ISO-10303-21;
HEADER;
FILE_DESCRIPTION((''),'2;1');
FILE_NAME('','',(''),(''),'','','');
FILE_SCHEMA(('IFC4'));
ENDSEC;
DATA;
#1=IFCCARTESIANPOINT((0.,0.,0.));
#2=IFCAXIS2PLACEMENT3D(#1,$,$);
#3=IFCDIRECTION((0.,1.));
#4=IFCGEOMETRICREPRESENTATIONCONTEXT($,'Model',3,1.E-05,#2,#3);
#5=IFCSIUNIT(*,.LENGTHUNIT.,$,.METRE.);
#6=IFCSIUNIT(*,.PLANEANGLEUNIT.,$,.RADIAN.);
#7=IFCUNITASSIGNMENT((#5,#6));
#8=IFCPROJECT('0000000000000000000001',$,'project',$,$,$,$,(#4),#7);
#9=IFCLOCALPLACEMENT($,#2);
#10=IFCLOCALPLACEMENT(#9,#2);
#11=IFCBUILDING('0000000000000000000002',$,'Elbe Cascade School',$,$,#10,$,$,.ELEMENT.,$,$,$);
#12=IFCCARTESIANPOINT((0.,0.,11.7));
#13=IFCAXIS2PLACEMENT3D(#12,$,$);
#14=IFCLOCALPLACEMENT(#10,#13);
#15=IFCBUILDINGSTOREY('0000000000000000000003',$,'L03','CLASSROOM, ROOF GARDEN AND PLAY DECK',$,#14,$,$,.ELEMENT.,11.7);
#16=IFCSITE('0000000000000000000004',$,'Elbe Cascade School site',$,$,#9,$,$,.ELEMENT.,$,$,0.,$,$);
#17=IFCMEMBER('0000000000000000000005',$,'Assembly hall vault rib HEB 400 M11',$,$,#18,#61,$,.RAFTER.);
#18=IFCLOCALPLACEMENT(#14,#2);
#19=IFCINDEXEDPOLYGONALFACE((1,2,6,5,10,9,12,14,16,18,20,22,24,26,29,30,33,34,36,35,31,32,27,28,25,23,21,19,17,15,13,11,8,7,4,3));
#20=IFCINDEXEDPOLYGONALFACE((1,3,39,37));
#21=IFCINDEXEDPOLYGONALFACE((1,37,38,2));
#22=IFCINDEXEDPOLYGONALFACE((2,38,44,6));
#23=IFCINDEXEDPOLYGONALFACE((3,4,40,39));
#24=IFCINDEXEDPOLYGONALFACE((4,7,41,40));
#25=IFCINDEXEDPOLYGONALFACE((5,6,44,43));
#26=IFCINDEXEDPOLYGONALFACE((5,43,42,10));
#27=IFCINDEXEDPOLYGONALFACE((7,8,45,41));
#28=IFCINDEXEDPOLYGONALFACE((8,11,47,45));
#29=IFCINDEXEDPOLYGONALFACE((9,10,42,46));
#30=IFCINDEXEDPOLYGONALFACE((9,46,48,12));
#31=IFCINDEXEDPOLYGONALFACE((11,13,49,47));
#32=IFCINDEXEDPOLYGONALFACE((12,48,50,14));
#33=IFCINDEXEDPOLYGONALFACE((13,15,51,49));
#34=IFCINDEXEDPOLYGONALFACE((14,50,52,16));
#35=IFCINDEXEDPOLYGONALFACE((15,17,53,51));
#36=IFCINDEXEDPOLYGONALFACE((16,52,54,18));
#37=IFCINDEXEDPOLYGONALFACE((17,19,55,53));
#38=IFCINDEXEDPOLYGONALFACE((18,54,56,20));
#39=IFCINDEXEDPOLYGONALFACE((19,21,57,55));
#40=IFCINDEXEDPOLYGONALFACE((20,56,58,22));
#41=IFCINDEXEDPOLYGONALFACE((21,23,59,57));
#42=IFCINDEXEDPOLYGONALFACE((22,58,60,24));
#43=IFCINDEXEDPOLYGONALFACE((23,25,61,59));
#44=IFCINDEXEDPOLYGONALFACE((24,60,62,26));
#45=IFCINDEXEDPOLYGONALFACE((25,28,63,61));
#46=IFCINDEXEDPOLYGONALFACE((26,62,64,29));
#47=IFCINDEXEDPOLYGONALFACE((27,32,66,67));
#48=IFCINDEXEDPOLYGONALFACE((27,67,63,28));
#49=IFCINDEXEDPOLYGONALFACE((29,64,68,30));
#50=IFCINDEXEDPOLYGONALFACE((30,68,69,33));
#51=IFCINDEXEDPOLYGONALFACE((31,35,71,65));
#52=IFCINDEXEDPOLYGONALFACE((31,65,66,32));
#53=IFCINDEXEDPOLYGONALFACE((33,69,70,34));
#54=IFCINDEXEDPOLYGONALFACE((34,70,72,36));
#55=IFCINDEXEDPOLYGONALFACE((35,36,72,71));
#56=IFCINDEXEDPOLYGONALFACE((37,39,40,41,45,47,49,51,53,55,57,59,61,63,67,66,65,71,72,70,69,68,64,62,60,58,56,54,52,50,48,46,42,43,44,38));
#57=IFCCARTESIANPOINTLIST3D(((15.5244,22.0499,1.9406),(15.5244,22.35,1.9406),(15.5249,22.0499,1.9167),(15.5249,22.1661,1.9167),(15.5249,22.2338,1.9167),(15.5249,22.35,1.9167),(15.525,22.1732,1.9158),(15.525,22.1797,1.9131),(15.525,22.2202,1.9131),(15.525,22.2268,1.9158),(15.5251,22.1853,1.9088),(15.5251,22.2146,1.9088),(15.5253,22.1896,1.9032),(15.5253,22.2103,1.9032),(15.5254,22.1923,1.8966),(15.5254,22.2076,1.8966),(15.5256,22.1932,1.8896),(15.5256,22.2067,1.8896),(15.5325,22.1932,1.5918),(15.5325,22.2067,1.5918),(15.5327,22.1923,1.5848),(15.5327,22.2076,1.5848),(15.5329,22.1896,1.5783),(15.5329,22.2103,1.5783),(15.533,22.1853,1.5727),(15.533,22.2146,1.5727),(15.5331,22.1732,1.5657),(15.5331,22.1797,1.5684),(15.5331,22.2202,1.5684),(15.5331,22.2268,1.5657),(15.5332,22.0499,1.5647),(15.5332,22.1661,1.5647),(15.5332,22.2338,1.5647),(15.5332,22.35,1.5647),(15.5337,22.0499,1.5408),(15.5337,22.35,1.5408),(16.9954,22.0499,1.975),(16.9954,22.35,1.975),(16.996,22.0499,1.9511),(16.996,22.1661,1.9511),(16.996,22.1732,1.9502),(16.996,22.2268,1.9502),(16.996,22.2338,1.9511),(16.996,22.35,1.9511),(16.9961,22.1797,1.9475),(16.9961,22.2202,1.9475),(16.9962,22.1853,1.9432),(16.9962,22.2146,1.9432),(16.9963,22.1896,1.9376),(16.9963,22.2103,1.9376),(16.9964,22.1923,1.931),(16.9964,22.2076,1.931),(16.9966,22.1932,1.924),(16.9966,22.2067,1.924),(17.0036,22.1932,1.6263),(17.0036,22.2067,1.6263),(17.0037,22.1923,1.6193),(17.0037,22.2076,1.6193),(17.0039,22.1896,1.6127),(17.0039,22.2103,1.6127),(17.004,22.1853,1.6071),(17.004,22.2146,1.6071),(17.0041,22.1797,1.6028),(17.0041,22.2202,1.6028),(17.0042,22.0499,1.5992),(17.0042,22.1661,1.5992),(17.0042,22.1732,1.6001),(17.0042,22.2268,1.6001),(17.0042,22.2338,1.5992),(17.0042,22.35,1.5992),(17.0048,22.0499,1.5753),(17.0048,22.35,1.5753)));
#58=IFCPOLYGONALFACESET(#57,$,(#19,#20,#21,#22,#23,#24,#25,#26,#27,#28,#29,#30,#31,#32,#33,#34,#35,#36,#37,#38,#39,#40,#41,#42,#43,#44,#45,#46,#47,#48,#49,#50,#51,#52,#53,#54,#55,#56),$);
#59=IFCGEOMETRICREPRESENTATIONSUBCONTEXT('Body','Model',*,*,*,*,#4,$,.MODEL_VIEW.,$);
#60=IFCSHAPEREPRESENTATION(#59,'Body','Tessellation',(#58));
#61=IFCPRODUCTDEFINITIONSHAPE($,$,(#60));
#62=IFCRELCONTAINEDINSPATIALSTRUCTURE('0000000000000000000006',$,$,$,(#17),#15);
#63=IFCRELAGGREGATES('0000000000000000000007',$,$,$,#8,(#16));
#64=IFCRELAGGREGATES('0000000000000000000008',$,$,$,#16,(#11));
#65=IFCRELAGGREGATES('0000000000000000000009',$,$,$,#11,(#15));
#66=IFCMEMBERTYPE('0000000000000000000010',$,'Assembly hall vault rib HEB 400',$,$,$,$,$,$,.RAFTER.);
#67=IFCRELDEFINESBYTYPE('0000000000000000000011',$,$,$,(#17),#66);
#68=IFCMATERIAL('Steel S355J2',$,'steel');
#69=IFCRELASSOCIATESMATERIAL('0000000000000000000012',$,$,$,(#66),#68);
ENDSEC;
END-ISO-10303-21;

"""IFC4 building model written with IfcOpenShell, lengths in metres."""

from ifc_helpers import new_model, si_unit, direction, frame, origin, origin_2d, place, context, subcontext, project, spatial, i_section, extrude, material, material_profile, profile_set, type_object, element, save


model = new_model("IFC4")

# Units and contexts
model_context = context("Model", 3, precision=1e-05, world=origin(), true_north=direction((0.0, 1.0)))
body_context = subcontext(model_context, "Body", "Model", "MODEL_VIEW")
ifc_project = project(units=[si_unit("LENGTHUNIT", "METRE"), si_unit("PLANEANGLEUNIT", "RADIAN")], contexts=[model_context])

# Site, building, storey
site_placement = place(None, origin())
site = spatial("IfcSite", under=ifc_project, at=site_placement, Name="Elbe Cascade School site", CompositionType="ELEMENT", RefElevation=0.0)
building_placement = place(site_placement, origin())
building = spatial("IfcBuilding", under=site, at=building_placement, Name="Elbe Cascade School", CompositionType="ELEMENT")
storey_placement = place(building_placement, frame((0.0, 0.0, 11.7)))
storey = spatial("IfcBuildingStorey", under=building, at=storey_placement, Name="L03", Description="CLASSROOM, ROOF GARDEN AND PLAY DECK", CompositionType="ELEMENT", Elevation=11.7)

# Member
ifc_material_1 = material(Name="Steel S355J2", Category="steel")
ifc_material_profile_1 = material_profile(ifc_material_1, i_section(OverallWidth=0.3, OverallDepth=0.3999, WebThickness=0.0134, FlangeThickness=0.0239, FilletRadius=0.0271, at=origin_2d()), Name="HEB 400")
ifc_profile_set_1 = profile_set([ifc_material_profile_1], Name="Steel S355J2")
member_type_1 = type_object("IfcMemberType", Name="Assembly hall vault rib HEB 400", PredefinedType="RAFTER", material=ifc_profile_set_1)
member_1_placement = place(storey_placement, frame((15.5291, 22.2, 1.7407), z_axis=(0.999726, 0.0, 0.023396), x_axis=(0.0, 1.0, 0.0)))
element("IfcMember", 1, at=member_1_placement, inside=storey, type_object=member_type_1, Name="Assembly hall vault rib HEB 400 M11", PredefinedType="RAFTER", context=body_context, shape_type="SweptSolid", body=[
    extrude(i_section(OverallWidth=0.3, OverallDepth=0.3999, WebThickness=0.0134, FlangeThickness=0.0239, FilletRadius=0.0271, at=origin_2d()), origin(), (0.0, 0.0, 1.0), 1.4714),
])

save(model, "model.ifc")
